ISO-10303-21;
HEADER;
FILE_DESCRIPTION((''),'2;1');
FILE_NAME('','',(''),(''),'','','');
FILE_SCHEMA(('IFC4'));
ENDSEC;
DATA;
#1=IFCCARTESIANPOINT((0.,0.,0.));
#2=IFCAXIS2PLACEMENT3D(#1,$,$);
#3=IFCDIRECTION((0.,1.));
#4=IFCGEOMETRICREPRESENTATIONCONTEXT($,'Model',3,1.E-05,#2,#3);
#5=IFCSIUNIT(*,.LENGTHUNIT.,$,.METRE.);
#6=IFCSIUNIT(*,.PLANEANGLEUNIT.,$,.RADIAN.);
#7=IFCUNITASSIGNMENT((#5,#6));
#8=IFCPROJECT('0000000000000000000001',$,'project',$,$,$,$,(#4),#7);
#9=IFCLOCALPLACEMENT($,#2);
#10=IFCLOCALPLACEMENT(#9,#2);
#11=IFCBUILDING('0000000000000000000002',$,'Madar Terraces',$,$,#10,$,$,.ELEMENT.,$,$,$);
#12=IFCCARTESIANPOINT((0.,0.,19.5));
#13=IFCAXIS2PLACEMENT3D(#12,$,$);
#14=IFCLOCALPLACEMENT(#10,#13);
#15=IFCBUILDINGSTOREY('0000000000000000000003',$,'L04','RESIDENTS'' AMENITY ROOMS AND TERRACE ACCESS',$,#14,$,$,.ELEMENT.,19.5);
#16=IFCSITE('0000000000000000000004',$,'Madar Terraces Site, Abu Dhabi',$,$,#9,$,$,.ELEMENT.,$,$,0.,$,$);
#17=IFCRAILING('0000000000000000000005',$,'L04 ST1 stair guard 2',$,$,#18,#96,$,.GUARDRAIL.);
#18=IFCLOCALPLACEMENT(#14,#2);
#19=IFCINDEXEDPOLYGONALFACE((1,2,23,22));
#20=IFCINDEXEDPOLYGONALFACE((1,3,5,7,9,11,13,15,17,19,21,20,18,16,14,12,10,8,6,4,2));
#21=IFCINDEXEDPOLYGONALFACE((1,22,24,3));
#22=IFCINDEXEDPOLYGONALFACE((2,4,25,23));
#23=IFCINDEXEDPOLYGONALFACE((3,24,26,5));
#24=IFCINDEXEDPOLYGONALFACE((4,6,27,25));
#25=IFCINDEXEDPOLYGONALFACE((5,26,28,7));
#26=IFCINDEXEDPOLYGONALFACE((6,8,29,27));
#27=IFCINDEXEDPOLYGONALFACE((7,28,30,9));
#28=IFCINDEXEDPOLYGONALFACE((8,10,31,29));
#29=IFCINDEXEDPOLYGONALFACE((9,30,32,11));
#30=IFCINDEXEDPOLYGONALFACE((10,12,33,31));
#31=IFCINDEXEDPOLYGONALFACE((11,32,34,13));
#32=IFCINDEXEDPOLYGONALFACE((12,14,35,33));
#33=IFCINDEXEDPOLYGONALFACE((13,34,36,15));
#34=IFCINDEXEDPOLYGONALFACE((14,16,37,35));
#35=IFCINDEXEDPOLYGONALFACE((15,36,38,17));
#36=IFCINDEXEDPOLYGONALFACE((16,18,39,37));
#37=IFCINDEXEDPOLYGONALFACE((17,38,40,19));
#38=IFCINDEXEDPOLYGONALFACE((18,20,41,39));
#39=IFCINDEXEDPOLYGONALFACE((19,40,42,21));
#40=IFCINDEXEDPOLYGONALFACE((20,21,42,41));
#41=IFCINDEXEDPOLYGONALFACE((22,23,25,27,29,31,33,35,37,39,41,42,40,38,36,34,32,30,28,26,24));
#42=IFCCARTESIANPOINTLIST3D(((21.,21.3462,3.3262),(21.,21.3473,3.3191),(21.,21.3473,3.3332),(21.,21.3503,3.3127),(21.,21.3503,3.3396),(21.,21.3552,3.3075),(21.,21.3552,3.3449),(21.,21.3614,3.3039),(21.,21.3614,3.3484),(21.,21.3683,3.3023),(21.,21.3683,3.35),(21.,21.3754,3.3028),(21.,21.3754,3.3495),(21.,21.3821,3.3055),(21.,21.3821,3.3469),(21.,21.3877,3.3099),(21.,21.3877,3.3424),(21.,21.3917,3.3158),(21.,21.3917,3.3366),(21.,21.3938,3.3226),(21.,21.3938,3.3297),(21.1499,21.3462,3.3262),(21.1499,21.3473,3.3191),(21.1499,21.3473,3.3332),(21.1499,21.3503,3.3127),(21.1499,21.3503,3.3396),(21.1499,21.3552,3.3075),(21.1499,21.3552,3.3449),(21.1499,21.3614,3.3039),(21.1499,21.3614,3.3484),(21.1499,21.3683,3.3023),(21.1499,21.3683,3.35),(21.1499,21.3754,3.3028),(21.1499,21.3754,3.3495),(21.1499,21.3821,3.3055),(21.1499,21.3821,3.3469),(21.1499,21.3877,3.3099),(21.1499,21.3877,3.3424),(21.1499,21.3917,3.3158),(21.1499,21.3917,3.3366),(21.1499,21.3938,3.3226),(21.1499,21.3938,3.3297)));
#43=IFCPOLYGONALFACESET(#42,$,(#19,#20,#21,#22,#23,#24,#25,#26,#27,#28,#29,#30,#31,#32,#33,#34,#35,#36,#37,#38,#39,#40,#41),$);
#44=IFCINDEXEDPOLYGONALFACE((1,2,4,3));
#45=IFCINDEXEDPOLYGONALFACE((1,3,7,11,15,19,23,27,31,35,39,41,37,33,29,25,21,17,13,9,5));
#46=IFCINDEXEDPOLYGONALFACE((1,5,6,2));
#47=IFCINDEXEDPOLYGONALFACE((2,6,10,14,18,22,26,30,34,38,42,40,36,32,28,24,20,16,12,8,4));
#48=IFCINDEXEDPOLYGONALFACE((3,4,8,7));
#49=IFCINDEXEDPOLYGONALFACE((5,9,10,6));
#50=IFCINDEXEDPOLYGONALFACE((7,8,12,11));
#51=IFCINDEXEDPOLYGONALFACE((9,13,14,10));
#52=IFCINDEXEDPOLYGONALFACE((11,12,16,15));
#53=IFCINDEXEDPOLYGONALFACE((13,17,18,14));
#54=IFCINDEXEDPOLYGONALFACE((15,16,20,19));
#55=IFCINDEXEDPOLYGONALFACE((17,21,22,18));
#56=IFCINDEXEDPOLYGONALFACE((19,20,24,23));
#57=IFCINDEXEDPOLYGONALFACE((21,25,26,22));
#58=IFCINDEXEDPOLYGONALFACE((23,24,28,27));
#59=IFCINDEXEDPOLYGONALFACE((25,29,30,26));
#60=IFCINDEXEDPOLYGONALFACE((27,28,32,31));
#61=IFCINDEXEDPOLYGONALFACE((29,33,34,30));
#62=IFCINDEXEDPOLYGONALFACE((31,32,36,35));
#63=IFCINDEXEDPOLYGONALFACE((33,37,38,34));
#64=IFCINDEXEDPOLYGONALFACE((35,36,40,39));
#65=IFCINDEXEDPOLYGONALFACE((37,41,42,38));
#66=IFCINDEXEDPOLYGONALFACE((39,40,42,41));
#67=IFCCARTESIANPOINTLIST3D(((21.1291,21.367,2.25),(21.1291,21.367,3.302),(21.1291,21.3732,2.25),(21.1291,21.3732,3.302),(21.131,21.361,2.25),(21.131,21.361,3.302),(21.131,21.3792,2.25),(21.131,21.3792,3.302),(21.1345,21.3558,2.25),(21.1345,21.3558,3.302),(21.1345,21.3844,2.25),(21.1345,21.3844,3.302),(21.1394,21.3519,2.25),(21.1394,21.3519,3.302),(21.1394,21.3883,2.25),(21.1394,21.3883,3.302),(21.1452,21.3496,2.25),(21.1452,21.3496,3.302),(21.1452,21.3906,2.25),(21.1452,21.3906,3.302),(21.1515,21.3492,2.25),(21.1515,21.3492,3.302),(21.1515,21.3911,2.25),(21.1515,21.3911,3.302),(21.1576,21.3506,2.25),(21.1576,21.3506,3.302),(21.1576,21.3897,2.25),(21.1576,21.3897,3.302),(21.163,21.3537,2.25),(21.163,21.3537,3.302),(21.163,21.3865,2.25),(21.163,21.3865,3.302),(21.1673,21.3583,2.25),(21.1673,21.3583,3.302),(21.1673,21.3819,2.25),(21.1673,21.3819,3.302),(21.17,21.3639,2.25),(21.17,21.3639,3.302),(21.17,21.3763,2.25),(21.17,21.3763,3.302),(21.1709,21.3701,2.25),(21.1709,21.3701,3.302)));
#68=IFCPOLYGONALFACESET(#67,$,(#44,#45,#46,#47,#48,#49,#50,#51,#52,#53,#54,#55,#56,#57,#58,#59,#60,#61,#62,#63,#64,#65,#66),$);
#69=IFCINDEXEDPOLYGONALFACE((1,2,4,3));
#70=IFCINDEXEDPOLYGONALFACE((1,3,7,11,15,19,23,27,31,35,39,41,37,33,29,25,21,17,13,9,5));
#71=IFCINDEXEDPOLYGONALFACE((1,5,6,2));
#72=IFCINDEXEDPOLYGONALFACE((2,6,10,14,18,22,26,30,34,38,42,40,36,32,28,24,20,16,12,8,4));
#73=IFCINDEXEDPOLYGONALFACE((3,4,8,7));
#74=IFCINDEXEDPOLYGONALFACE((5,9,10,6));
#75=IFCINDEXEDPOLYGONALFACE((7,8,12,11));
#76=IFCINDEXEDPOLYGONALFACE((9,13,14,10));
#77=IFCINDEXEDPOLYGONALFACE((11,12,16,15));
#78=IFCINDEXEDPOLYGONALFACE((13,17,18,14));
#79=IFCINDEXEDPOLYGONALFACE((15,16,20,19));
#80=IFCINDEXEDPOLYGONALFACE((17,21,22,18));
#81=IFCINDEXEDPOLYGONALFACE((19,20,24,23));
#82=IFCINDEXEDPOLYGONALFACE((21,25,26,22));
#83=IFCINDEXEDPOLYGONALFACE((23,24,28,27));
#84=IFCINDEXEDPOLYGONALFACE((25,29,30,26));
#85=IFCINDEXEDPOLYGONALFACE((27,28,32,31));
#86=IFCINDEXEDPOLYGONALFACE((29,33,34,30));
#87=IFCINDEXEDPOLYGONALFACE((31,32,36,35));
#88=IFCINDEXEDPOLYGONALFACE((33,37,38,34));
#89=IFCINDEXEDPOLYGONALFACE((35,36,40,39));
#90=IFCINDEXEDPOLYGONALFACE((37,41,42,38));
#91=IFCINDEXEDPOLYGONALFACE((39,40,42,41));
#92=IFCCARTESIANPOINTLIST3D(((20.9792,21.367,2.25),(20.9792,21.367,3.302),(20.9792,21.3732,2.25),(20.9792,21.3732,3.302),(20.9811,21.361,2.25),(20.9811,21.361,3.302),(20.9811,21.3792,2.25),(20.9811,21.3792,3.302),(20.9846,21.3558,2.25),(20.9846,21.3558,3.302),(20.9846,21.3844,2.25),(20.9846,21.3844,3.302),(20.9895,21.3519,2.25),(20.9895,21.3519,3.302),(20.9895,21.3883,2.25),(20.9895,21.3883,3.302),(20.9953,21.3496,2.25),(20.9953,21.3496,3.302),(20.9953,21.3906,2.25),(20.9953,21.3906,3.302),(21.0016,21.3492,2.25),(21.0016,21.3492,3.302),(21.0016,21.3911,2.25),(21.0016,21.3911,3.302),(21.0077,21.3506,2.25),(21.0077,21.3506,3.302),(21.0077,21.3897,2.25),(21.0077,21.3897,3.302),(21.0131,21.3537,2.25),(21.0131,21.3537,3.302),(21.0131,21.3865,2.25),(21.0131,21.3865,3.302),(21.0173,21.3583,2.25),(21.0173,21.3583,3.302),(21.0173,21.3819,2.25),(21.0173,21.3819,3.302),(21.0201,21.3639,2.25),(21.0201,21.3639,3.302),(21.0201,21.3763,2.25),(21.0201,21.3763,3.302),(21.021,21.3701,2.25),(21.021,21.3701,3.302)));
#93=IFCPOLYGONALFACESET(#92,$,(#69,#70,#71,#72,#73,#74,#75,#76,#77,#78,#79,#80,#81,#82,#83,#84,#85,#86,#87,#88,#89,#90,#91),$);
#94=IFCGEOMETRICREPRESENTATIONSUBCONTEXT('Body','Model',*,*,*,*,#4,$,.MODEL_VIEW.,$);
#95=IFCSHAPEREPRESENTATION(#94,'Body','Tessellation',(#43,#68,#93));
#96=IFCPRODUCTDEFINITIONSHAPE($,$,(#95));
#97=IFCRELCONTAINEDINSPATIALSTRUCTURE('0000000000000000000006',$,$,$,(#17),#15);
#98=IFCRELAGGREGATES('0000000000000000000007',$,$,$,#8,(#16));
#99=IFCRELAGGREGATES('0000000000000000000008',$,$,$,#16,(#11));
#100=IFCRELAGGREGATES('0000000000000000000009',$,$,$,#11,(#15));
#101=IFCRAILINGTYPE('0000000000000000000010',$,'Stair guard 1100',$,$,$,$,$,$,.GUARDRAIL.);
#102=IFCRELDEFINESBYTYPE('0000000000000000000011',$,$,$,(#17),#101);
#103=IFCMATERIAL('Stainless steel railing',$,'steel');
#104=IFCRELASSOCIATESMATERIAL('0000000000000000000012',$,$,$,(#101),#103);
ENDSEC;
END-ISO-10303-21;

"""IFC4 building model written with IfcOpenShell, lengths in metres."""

from ifc_helpers import new_model, si_unit, direction, frame, origin, origin_2d, place, context, subcontext, project, spatial, circle, extrude, material, type_object, element, save


model = new_model("IFC4")

# Units and contexts
model_context = context("Model", 3, precision=1e-05, world=origin(), true_north=direction((0.0, 1.0)))
body_context = subcontext(model_context, "Body", "Model", "MODEL_VIEW")
ifc_project = project(units=[si_unit("LENGTHUNIT", "METRE"), si_unit("PLANEANGLEUNIT", "RADIAN")], contexts=[model_context])

# Site, building, storey
site_placement = place(None, origin())
site = spatial("IfcSite", under=ifc_project, at=site_placement, Name="Madar Terraces Site, Abu Dhabi", CompositionType="ELEMENT", RefElevation=0.0)
building_placement = place(site_placement, origin())
building = spatial("IfcBuilding", under=site, at=building_placement, Name="Madar Terraces", CompositionType="ELEMENT")
storey_placement = place(building_placement, frame((0.0, 0.0, 19.5)))
storey = spatial("IfcBuildingStorey", under=building, at=storey_placement, Name="L04", Description="RESIDENTS' AMENITY ROOMS AND TERRACE ACCESS", CompositionType="ELEMENT", Elevation=19.5)

# Railing
ifc_material_1 = material(Name="Stainless steel railing", Category="steel")
railing_type = type_object("IfcRailingType", Name="Stair guard 1100", PredefinedType="GUARDRAIL", material=ifc_material_1)
railing_placement = place(storey_placement, frame((21.1499, 21.3701, 2.25)))
element("IfcRailing", 1, at=railing_placement, inside=storey, type_object=railing_type, Name="L04 ST1 stair guard 2", PredefinedType="GUARDRAIL", context=body_context, shape_type="SweptSolid", body=[
    extrude(circle(Radius=0.0239, at=origin_2d()), frame((0.0, 0.0, 1.0762), z_axis=(-1.0, 0.0, 0.0), x_axis=(0.0, -1.0, 0.0)), (0.0, 0.0, 1.0), 0.1499),
    extrude(circle(Radius=0.021, at=origin_2d()), origin(), (0.0, 0.0, 1.0), 1.052),
    extrude(circle(Radius=0.021, at=origin_2d()), frame((-0.1499, 0.0, 0.0)), (0.0, 0.0, 1.0), 1.052),
])

save(model, "model.ifc")
